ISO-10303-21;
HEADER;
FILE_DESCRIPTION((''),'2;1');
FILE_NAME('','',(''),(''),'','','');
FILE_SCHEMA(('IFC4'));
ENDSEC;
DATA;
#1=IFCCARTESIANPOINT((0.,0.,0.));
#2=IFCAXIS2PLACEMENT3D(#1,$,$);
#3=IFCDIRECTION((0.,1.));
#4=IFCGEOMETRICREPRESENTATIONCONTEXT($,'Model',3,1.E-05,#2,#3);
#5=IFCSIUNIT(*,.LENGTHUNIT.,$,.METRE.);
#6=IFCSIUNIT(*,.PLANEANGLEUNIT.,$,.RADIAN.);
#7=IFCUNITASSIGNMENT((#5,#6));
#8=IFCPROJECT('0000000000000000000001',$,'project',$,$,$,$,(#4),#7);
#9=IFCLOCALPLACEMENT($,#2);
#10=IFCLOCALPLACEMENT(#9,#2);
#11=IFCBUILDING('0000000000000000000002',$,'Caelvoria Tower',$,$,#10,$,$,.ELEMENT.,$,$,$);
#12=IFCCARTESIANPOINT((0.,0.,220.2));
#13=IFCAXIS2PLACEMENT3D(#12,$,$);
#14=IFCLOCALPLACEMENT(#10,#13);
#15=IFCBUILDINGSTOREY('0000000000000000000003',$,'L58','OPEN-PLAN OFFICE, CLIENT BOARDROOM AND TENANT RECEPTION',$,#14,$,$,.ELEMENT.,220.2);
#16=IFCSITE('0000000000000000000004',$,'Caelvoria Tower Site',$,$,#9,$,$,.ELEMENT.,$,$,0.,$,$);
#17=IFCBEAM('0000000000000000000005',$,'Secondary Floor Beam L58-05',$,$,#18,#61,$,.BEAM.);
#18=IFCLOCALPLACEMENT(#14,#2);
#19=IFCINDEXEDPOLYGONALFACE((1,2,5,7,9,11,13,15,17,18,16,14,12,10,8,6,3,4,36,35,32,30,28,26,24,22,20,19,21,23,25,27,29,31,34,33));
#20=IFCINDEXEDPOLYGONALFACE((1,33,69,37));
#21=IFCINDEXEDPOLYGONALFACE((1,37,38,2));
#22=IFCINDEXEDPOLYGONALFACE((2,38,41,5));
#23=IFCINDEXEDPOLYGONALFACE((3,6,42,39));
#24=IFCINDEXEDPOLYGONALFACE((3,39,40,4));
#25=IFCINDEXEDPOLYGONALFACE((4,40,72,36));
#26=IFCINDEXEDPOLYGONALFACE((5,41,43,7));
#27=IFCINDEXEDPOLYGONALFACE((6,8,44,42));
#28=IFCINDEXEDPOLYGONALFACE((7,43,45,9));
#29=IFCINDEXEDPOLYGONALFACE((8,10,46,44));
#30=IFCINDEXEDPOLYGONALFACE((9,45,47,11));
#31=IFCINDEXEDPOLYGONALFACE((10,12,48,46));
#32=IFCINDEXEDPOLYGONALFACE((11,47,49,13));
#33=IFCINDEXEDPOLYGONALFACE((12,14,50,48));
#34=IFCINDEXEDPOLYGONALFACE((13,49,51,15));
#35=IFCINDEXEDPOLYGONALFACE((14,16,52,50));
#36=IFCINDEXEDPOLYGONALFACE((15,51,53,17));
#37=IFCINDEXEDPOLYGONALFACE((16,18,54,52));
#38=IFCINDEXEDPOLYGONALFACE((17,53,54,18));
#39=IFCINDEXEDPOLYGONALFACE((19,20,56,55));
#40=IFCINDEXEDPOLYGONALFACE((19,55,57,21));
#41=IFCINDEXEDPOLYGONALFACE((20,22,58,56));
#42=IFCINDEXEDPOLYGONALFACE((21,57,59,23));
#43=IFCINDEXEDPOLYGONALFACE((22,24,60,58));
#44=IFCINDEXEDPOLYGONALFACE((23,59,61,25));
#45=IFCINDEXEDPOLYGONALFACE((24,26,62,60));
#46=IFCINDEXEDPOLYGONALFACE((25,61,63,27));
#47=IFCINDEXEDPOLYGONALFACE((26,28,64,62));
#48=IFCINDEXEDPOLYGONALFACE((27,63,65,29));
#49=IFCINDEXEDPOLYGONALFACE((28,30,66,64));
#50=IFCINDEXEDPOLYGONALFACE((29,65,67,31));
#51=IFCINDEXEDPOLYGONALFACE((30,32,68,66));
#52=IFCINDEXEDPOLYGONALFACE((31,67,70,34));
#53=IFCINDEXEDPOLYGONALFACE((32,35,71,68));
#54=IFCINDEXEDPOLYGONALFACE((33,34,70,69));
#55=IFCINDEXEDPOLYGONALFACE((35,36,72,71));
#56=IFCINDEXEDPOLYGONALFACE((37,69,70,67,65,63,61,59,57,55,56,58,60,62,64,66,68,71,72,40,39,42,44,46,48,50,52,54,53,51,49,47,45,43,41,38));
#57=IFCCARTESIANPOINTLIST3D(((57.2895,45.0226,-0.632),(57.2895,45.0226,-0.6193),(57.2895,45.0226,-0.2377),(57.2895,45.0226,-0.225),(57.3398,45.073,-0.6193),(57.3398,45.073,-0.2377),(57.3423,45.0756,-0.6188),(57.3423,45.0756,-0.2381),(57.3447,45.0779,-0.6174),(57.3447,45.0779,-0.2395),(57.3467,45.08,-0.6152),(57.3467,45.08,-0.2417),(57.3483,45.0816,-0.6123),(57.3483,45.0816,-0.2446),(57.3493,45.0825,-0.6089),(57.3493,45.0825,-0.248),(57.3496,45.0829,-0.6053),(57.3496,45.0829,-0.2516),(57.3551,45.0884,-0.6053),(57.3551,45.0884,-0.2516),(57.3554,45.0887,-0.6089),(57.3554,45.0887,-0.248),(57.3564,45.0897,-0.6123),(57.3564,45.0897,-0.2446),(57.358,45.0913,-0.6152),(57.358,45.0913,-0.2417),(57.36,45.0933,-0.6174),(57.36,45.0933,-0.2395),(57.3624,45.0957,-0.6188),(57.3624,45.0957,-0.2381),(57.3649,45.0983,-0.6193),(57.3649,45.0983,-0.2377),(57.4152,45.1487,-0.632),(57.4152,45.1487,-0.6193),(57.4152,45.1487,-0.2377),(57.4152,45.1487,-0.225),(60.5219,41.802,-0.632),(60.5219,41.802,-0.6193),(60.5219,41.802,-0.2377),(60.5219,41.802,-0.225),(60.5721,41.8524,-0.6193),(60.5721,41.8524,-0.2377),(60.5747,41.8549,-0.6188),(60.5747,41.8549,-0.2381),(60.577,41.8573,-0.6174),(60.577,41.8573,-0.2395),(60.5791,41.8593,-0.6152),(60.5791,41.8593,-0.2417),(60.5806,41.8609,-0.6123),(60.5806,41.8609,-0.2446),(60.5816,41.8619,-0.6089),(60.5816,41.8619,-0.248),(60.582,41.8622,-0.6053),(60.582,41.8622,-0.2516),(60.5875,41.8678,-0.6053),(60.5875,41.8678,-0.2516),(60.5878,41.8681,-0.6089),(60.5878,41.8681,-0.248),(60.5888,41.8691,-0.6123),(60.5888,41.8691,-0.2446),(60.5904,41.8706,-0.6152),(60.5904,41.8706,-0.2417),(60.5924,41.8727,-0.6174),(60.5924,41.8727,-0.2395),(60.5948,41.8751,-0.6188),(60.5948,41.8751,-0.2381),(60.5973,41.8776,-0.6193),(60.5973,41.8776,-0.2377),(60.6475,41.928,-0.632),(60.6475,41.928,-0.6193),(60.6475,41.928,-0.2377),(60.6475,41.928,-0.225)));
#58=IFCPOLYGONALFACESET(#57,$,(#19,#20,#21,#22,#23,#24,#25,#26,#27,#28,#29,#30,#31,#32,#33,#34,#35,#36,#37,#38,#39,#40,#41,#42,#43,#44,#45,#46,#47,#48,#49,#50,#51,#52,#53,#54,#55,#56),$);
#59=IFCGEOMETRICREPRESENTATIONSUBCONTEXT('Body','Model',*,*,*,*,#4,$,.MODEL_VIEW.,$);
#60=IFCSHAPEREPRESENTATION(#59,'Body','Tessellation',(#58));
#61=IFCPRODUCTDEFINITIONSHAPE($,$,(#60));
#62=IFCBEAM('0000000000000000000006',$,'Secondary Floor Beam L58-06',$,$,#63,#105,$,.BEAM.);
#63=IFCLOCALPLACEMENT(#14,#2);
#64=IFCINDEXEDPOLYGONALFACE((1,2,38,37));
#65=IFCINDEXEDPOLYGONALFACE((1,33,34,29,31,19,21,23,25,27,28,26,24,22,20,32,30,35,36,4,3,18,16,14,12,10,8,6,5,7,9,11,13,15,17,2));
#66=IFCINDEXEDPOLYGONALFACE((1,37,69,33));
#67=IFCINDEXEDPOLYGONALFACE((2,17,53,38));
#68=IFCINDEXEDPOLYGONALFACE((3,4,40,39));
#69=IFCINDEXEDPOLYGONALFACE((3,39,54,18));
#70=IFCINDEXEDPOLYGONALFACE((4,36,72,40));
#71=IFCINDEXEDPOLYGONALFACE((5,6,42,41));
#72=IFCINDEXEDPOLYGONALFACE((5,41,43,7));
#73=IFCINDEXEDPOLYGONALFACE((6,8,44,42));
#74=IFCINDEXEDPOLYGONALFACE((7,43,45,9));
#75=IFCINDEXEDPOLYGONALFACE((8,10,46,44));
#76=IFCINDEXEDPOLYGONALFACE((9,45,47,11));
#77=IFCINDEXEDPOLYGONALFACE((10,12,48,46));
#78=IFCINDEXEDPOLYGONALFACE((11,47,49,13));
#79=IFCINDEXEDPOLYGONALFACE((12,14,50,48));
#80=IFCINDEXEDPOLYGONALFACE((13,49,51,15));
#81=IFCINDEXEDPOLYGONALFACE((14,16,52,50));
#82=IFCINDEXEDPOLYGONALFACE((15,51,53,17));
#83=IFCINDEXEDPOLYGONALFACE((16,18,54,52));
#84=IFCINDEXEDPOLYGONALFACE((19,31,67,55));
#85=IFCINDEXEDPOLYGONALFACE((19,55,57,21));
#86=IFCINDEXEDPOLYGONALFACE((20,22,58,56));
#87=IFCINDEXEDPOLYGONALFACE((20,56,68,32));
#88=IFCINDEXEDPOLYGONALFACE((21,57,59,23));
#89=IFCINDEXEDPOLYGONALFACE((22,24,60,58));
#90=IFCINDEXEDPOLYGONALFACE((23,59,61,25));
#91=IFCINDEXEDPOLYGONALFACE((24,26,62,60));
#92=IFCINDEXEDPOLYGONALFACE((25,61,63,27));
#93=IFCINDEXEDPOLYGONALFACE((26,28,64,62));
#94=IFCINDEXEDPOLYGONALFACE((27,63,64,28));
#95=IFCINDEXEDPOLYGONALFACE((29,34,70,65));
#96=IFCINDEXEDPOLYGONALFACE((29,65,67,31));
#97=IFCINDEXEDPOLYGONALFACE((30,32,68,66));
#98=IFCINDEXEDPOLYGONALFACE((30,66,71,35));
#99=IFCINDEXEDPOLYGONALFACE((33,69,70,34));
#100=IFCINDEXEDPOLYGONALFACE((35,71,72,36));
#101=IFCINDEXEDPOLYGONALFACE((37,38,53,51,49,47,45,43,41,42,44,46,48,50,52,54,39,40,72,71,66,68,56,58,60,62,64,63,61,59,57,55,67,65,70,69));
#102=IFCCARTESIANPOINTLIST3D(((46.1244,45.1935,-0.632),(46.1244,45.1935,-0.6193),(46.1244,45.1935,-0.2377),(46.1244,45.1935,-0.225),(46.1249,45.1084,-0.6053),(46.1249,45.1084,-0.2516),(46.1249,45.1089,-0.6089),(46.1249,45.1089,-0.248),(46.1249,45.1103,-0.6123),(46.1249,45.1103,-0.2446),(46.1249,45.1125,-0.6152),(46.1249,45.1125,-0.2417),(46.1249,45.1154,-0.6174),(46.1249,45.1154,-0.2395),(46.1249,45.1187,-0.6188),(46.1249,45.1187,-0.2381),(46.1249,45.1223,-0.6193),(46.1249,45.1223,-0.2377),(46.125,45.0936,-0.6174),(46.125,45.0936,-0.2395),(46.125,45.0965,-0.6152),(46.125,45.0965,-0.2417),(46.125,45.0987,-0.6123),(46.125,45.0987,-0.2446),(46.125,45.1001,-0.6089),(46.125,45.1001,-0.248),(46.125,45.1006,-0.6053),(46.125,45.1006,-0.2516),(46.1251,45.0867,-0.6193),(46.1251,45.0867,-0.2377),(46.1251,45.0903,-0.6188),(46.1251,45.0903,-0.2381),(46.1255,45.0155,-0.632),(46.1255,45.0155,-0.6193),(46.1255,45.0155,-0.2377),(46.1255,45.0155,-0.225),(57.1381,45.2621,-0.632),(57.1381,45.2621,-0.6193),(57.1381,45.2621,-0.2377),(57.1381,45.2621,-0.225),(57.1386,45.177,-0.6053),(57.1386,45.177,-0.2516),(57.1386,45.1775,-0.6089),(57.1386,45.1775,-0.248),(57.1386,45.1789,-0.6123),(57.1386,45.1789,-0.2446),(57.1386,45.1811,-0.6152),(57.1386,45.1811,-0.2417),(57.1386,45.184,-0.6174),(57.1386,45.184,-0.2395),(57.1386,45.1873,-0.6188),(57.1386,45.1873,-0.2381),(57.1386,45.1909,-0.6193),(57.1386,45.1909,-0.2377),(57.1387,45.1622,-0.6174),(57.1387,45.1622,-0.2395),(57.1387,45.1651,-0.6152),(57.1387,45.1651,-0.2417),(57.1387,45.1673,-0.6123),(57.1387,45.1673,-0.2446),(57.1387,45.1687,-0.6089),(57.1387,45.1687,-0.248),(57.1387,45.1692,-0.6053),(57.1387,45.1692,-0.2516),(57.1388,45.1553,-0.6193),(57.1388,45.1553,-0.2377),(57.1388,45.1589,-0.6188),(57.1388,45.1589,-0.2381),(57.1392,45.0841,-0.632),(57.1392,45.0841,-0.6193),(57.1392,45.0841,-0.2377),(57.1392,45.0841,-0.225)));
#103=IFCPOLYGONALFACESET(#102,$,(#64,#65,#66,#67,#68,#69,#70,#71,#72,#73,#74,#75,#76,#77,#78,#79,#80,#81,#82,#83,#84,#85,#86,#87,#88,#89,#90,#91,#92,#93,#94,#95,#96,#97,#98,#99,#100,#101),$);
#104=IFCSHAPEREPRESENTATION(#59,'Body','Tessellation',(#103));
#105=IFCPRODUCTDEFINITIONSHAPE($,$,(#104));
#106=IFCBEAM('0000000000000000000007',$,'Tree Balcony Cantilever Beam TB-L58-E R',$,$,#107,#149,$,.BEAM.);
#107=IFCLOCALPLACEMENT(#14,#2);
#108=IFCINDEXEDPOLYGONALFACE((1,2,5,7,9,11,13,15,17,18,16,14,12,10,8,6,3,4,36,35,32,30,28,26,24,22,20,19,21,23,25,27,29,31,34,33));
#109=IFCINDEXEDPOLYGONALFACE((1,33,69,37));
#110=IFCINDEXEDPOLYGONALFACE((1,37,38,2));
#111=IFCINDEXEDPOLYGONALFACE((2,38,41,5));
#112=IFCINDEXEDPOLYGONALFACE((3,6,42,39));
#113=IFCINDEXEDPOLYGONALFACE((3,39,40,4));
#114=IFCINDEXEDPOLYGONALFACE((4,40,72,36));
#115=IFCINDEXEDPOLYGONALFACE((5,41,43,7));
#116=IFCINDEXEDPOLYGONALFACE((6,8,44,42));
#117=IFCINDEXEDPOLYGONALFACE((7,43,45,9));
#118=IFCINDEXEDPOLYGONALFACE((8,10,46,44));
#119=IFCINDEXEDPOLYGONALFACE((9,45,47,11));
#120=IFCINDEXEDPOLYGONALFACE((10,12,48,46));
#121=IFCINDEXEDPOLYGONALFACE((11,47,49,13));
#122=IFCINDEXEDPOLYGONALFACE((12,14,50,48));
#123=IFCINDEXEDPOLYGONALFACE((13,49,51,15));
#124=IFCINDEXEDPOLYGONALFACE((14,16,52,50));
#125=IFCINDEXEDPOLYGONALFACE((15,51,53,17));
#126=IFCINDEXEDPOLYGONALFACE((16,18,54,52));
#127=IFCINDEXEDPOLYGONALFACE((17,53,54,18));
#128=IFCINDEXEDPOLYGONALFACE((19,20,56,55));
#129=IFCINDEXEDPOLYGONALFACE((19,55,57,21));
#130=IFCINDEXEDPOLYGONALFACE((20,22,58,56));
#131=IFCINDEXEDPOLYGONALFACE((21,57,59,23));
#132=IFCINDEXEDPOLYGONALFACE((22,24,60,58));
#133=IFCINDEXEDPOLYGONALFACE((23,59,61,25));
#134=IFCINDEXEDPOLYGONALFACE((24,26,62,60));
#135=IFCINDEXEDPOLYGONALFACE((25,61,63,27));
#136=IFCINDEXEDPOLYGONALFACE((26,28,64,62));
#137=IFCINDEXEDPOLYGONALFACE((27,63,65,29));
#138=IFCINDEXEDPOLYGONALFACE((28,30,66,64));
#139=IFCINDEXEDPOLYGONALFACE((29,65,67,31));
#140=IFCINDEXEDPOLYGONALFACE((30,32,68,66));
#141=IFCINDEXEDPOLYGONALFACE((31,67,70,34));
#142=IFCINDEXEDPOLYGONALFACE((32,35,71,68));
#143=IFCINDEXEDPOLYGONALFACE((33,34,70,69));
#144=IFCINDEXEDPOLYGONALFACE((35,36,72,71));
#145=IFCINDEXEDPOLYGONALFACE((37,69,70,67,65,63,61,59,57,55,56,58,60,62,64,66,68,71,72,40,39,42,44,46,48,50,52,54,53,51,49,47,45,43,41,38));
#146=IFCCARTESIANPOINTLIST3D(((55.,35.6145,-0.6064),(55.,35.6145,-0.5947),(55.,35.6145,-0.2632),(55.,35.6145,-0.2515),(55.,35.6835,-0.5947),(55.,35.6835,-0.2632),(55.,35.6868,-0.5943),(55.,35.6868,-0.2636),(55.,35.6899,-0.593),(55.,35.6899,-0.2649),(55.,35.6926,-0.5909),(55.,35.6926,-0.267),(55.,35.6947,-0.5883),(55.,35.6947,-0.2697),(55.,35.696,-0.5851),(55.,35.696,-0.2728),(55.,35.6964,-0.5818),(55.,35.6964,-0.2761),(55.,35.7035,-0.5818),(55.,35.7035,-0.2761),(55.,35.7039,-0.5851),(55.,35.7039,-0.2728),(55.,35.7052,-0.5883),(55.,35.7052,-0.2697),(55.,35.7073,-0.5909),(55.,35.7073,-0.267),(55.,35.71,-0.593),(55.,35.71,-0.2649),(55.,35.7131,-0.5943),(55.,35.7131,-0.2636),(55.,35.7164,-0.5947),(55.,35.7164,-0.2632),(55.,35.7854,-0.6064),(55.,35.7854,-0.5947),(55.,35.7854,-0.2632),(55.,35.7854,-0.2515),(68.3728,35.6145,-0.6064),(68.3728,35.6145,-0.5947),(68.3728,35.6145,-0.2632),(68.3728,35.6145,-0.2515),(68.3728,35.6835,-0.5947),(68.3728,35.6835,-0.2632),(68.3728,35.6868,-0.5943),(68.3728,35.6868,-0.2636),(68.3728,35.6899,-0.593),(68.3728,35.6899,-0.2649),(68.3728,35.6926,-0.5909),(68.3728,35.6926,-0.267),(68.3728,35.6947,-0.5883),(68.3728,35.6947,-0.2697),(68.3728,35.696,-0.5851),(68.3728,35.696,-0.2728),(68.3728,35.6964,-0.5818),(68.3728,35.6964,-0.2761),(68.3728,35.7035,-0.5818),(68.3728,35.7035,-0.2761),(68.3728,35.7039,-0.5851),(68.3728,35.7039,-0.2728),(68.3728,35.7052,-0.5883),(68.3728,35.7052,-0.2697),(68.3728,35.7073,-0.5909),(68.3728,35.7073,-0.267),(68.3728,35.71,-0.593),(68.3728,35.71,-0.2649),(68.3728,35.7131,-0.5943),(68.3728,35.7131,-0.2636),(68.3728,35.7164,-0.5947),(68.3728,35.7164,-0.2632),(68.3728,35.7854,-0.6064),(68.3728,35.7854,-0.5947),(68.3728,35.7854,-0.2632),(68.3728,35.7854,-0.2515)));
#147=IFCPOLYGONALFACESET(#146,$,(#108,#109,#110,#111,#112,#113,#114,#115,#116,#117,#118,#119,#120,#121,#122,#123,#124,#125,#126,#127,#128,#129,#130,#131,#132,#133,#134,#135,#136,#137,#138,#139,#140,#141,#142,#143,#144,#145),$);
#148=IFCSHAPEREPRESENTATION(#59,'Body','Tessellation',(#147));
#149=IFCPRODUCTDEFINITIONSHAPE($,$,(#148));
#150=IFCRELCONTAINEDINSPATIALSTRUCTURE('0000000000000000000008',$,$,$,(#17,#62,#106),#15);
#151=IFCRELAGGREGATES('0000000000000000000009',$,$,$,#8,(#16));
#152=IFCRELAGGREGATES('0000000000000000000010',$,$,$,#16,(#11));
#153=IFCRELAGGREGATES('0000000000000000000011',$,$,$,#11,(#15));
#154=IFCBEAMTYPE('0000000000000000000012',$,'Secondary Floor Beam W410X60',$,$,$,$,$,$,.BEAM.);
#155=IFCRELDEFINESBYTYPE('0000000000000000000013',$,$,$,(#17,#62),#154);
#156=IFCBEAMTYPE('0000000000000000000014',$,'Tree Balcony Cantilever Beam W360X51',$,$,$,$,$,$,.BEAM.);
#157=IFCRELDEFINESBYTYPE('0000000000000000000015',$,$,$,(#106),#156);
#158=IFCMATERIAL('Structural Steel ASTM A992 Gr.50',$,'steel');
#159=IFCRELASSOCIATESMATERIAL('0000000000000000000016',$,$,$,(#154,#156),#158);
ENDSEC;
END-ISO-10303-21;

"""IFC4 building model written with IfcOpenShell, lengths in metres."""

from ifc_helpers import new_model, si_unit, direction, frame, origin, origin_2d, place, context, subcontext, project, spatial, i_section, extrude, material, material_profile, profile_set, type_object, element, save


model = new_model("IFC4")

# Units and contexts
model_context = context("Model", 3, precision=1e-05, world=origin(), true_north=direction((0.0, 1.0)))
body_context = subcontext(model_context, "Body", "Model", "MODEL_VIEW")
ifc_project = project(units=[si_unit("LENGTHUNIT", "METRE"), si_unit("PLANEANGLEUNIT", "RADIAN")], contexts=[model_context])

# Site, building, storey
site_placement = place(None, origin())
site = spatial("IfcSite", under=ifc_project, at=site_placement, Name="Caelvoria Tower Site", CompositionType="ELEMENT", RefElevation=0.0)
building_placement = place(site_placement, origin())
building = spatial("IfcBuilding", under=site, at=building_placement, Name="Caelvoria Tower", CompositionType="ELEMENT")
storey_placement = place(building_placement, frame((0.0, 0.0, 220.2)))
storey = spatial("IfcBuildingStorey", under=building, at=storey_placement, Name="L58", Description="OPEN-PLAN OFFICE, CLIENT BOARDROOM AND TENANT RECEPTION", CompositionType="ELEMENT", Elevation=220.2)

# Beams
ifc_material_1 = material(Name="Structural Steel ASTM A992 Gr.50", Category="steel")
ifc_material_profile_1 = material_profile(ifc_material_1, i_section(OverallWidth=0.178, OverallDepth=0.407, WebThickness=0.0078, FlangeThickness=0.0127, FilletRadius=0.0139, at=origin_2d()), Name="Structural Steel ASTM A992 Gr.50")
ifc_profile_set_1 = profile_set([ifc_material_profile_1], Name="W410X60 - Structural Steel ASTM A992 Gr.50")
beam_type_1 = type_object("IfcBeamType", Name="Secondary Floor Beam W410X60", PredefinedType="BEAM", material=ifc_profile_set_1)
beam_1_placement = place(storey_placement, frame((60.5847, 41.865, -0.4285), z_axis=(-0.70839, 0.705822, 0.0), x_axis=(-0.705822, -0.70839, 0.0)))
element("IfcBeam", 1, at=beam_1_placement, inside=storey, type_object=beam_type_1, Name="Secondary Floor Beam L58-05", PredefinedType="BEAM", context=body_context, shape_type="SweptSolid", body=[
    extrude(i_section(OverallWidth=0.178, OverallDepth=0.407, WebThickness=0.0078, FlangeThickness=0.0127, FilletRadius=0.0139, at=origin_2d()), origin(), (0.0, 0.0, 1.0), 4.563),
])
beam_2_placement = place(storey_placement, frame((57.1387, 45.1731, -0.4285), z_axis=(-0.999981, -0.006229, 0.0), x_axis=(0.006229, -0.999981, 0.0)))
element("IfcBeam", 2, at=beam_2_placement, inside=storey, type_object=beam_type_1, Name="Secondary Floor Beam L58-06", PredefinedType="BEAM", context=body_context, shape_type="SweptSolid", body=[
    extrude(i_section(OverallWidth=0.178, OverallDepth=0.407, WebThickness=0.0078, FlangeThickness=0.0127, FilletRadius=0.0139, at=origin_2d()), origin(), (0.0, 0.0, 1.0), 11.0139),
])
ifc_material_profile_2 = material_profile(ifc_material_1, i_section(OverallWidth=0.1709, OverallDepth=0.355, WebThickness=0.0071, FlangeThickness=0.0117, FilletRadius=0.0129, at=origin_2d()), Name="Structural Steel ASTM A992 Gr.50")
ifc_profile_set_2 = profile_set([ifc_material_profile_2], Name="W360X51 - Structural Steel ASTM A992 Gr.50")
beam_type_2 = type_object("IfcBeamType", Name="Tree Balcony Cantilever Beam W360X51", PredefinedType="BEAM", material=ifc_profile_set_2)
beam_3_placement = place(storey_placement, frame((55.0, 35.7, -0.429), z_axis=(1.0, 0.0, 0.0), x_axis=(0.0, 1.0, 0.0)))
element("IfcBeam", 3, at=beam_3_placement, inside=storey, type_object=beam_type_2, Name="Tree Balcony Cantilever Beam TB-L58-E R", PredefinedType="BEAM", context=body_context, shape_type="SweptSolid", body=[
    extrude(i_section(OverallWidth=0.1709, OverallDepth=0.355, WebThickness=0.0071, FlangeThickness=0.0117, FilletRadius=0.0129, at=origin_2d()), origin(), (0.0, 0.0, 1.0), 13.3728),
])

save(model, "model.ifc")
